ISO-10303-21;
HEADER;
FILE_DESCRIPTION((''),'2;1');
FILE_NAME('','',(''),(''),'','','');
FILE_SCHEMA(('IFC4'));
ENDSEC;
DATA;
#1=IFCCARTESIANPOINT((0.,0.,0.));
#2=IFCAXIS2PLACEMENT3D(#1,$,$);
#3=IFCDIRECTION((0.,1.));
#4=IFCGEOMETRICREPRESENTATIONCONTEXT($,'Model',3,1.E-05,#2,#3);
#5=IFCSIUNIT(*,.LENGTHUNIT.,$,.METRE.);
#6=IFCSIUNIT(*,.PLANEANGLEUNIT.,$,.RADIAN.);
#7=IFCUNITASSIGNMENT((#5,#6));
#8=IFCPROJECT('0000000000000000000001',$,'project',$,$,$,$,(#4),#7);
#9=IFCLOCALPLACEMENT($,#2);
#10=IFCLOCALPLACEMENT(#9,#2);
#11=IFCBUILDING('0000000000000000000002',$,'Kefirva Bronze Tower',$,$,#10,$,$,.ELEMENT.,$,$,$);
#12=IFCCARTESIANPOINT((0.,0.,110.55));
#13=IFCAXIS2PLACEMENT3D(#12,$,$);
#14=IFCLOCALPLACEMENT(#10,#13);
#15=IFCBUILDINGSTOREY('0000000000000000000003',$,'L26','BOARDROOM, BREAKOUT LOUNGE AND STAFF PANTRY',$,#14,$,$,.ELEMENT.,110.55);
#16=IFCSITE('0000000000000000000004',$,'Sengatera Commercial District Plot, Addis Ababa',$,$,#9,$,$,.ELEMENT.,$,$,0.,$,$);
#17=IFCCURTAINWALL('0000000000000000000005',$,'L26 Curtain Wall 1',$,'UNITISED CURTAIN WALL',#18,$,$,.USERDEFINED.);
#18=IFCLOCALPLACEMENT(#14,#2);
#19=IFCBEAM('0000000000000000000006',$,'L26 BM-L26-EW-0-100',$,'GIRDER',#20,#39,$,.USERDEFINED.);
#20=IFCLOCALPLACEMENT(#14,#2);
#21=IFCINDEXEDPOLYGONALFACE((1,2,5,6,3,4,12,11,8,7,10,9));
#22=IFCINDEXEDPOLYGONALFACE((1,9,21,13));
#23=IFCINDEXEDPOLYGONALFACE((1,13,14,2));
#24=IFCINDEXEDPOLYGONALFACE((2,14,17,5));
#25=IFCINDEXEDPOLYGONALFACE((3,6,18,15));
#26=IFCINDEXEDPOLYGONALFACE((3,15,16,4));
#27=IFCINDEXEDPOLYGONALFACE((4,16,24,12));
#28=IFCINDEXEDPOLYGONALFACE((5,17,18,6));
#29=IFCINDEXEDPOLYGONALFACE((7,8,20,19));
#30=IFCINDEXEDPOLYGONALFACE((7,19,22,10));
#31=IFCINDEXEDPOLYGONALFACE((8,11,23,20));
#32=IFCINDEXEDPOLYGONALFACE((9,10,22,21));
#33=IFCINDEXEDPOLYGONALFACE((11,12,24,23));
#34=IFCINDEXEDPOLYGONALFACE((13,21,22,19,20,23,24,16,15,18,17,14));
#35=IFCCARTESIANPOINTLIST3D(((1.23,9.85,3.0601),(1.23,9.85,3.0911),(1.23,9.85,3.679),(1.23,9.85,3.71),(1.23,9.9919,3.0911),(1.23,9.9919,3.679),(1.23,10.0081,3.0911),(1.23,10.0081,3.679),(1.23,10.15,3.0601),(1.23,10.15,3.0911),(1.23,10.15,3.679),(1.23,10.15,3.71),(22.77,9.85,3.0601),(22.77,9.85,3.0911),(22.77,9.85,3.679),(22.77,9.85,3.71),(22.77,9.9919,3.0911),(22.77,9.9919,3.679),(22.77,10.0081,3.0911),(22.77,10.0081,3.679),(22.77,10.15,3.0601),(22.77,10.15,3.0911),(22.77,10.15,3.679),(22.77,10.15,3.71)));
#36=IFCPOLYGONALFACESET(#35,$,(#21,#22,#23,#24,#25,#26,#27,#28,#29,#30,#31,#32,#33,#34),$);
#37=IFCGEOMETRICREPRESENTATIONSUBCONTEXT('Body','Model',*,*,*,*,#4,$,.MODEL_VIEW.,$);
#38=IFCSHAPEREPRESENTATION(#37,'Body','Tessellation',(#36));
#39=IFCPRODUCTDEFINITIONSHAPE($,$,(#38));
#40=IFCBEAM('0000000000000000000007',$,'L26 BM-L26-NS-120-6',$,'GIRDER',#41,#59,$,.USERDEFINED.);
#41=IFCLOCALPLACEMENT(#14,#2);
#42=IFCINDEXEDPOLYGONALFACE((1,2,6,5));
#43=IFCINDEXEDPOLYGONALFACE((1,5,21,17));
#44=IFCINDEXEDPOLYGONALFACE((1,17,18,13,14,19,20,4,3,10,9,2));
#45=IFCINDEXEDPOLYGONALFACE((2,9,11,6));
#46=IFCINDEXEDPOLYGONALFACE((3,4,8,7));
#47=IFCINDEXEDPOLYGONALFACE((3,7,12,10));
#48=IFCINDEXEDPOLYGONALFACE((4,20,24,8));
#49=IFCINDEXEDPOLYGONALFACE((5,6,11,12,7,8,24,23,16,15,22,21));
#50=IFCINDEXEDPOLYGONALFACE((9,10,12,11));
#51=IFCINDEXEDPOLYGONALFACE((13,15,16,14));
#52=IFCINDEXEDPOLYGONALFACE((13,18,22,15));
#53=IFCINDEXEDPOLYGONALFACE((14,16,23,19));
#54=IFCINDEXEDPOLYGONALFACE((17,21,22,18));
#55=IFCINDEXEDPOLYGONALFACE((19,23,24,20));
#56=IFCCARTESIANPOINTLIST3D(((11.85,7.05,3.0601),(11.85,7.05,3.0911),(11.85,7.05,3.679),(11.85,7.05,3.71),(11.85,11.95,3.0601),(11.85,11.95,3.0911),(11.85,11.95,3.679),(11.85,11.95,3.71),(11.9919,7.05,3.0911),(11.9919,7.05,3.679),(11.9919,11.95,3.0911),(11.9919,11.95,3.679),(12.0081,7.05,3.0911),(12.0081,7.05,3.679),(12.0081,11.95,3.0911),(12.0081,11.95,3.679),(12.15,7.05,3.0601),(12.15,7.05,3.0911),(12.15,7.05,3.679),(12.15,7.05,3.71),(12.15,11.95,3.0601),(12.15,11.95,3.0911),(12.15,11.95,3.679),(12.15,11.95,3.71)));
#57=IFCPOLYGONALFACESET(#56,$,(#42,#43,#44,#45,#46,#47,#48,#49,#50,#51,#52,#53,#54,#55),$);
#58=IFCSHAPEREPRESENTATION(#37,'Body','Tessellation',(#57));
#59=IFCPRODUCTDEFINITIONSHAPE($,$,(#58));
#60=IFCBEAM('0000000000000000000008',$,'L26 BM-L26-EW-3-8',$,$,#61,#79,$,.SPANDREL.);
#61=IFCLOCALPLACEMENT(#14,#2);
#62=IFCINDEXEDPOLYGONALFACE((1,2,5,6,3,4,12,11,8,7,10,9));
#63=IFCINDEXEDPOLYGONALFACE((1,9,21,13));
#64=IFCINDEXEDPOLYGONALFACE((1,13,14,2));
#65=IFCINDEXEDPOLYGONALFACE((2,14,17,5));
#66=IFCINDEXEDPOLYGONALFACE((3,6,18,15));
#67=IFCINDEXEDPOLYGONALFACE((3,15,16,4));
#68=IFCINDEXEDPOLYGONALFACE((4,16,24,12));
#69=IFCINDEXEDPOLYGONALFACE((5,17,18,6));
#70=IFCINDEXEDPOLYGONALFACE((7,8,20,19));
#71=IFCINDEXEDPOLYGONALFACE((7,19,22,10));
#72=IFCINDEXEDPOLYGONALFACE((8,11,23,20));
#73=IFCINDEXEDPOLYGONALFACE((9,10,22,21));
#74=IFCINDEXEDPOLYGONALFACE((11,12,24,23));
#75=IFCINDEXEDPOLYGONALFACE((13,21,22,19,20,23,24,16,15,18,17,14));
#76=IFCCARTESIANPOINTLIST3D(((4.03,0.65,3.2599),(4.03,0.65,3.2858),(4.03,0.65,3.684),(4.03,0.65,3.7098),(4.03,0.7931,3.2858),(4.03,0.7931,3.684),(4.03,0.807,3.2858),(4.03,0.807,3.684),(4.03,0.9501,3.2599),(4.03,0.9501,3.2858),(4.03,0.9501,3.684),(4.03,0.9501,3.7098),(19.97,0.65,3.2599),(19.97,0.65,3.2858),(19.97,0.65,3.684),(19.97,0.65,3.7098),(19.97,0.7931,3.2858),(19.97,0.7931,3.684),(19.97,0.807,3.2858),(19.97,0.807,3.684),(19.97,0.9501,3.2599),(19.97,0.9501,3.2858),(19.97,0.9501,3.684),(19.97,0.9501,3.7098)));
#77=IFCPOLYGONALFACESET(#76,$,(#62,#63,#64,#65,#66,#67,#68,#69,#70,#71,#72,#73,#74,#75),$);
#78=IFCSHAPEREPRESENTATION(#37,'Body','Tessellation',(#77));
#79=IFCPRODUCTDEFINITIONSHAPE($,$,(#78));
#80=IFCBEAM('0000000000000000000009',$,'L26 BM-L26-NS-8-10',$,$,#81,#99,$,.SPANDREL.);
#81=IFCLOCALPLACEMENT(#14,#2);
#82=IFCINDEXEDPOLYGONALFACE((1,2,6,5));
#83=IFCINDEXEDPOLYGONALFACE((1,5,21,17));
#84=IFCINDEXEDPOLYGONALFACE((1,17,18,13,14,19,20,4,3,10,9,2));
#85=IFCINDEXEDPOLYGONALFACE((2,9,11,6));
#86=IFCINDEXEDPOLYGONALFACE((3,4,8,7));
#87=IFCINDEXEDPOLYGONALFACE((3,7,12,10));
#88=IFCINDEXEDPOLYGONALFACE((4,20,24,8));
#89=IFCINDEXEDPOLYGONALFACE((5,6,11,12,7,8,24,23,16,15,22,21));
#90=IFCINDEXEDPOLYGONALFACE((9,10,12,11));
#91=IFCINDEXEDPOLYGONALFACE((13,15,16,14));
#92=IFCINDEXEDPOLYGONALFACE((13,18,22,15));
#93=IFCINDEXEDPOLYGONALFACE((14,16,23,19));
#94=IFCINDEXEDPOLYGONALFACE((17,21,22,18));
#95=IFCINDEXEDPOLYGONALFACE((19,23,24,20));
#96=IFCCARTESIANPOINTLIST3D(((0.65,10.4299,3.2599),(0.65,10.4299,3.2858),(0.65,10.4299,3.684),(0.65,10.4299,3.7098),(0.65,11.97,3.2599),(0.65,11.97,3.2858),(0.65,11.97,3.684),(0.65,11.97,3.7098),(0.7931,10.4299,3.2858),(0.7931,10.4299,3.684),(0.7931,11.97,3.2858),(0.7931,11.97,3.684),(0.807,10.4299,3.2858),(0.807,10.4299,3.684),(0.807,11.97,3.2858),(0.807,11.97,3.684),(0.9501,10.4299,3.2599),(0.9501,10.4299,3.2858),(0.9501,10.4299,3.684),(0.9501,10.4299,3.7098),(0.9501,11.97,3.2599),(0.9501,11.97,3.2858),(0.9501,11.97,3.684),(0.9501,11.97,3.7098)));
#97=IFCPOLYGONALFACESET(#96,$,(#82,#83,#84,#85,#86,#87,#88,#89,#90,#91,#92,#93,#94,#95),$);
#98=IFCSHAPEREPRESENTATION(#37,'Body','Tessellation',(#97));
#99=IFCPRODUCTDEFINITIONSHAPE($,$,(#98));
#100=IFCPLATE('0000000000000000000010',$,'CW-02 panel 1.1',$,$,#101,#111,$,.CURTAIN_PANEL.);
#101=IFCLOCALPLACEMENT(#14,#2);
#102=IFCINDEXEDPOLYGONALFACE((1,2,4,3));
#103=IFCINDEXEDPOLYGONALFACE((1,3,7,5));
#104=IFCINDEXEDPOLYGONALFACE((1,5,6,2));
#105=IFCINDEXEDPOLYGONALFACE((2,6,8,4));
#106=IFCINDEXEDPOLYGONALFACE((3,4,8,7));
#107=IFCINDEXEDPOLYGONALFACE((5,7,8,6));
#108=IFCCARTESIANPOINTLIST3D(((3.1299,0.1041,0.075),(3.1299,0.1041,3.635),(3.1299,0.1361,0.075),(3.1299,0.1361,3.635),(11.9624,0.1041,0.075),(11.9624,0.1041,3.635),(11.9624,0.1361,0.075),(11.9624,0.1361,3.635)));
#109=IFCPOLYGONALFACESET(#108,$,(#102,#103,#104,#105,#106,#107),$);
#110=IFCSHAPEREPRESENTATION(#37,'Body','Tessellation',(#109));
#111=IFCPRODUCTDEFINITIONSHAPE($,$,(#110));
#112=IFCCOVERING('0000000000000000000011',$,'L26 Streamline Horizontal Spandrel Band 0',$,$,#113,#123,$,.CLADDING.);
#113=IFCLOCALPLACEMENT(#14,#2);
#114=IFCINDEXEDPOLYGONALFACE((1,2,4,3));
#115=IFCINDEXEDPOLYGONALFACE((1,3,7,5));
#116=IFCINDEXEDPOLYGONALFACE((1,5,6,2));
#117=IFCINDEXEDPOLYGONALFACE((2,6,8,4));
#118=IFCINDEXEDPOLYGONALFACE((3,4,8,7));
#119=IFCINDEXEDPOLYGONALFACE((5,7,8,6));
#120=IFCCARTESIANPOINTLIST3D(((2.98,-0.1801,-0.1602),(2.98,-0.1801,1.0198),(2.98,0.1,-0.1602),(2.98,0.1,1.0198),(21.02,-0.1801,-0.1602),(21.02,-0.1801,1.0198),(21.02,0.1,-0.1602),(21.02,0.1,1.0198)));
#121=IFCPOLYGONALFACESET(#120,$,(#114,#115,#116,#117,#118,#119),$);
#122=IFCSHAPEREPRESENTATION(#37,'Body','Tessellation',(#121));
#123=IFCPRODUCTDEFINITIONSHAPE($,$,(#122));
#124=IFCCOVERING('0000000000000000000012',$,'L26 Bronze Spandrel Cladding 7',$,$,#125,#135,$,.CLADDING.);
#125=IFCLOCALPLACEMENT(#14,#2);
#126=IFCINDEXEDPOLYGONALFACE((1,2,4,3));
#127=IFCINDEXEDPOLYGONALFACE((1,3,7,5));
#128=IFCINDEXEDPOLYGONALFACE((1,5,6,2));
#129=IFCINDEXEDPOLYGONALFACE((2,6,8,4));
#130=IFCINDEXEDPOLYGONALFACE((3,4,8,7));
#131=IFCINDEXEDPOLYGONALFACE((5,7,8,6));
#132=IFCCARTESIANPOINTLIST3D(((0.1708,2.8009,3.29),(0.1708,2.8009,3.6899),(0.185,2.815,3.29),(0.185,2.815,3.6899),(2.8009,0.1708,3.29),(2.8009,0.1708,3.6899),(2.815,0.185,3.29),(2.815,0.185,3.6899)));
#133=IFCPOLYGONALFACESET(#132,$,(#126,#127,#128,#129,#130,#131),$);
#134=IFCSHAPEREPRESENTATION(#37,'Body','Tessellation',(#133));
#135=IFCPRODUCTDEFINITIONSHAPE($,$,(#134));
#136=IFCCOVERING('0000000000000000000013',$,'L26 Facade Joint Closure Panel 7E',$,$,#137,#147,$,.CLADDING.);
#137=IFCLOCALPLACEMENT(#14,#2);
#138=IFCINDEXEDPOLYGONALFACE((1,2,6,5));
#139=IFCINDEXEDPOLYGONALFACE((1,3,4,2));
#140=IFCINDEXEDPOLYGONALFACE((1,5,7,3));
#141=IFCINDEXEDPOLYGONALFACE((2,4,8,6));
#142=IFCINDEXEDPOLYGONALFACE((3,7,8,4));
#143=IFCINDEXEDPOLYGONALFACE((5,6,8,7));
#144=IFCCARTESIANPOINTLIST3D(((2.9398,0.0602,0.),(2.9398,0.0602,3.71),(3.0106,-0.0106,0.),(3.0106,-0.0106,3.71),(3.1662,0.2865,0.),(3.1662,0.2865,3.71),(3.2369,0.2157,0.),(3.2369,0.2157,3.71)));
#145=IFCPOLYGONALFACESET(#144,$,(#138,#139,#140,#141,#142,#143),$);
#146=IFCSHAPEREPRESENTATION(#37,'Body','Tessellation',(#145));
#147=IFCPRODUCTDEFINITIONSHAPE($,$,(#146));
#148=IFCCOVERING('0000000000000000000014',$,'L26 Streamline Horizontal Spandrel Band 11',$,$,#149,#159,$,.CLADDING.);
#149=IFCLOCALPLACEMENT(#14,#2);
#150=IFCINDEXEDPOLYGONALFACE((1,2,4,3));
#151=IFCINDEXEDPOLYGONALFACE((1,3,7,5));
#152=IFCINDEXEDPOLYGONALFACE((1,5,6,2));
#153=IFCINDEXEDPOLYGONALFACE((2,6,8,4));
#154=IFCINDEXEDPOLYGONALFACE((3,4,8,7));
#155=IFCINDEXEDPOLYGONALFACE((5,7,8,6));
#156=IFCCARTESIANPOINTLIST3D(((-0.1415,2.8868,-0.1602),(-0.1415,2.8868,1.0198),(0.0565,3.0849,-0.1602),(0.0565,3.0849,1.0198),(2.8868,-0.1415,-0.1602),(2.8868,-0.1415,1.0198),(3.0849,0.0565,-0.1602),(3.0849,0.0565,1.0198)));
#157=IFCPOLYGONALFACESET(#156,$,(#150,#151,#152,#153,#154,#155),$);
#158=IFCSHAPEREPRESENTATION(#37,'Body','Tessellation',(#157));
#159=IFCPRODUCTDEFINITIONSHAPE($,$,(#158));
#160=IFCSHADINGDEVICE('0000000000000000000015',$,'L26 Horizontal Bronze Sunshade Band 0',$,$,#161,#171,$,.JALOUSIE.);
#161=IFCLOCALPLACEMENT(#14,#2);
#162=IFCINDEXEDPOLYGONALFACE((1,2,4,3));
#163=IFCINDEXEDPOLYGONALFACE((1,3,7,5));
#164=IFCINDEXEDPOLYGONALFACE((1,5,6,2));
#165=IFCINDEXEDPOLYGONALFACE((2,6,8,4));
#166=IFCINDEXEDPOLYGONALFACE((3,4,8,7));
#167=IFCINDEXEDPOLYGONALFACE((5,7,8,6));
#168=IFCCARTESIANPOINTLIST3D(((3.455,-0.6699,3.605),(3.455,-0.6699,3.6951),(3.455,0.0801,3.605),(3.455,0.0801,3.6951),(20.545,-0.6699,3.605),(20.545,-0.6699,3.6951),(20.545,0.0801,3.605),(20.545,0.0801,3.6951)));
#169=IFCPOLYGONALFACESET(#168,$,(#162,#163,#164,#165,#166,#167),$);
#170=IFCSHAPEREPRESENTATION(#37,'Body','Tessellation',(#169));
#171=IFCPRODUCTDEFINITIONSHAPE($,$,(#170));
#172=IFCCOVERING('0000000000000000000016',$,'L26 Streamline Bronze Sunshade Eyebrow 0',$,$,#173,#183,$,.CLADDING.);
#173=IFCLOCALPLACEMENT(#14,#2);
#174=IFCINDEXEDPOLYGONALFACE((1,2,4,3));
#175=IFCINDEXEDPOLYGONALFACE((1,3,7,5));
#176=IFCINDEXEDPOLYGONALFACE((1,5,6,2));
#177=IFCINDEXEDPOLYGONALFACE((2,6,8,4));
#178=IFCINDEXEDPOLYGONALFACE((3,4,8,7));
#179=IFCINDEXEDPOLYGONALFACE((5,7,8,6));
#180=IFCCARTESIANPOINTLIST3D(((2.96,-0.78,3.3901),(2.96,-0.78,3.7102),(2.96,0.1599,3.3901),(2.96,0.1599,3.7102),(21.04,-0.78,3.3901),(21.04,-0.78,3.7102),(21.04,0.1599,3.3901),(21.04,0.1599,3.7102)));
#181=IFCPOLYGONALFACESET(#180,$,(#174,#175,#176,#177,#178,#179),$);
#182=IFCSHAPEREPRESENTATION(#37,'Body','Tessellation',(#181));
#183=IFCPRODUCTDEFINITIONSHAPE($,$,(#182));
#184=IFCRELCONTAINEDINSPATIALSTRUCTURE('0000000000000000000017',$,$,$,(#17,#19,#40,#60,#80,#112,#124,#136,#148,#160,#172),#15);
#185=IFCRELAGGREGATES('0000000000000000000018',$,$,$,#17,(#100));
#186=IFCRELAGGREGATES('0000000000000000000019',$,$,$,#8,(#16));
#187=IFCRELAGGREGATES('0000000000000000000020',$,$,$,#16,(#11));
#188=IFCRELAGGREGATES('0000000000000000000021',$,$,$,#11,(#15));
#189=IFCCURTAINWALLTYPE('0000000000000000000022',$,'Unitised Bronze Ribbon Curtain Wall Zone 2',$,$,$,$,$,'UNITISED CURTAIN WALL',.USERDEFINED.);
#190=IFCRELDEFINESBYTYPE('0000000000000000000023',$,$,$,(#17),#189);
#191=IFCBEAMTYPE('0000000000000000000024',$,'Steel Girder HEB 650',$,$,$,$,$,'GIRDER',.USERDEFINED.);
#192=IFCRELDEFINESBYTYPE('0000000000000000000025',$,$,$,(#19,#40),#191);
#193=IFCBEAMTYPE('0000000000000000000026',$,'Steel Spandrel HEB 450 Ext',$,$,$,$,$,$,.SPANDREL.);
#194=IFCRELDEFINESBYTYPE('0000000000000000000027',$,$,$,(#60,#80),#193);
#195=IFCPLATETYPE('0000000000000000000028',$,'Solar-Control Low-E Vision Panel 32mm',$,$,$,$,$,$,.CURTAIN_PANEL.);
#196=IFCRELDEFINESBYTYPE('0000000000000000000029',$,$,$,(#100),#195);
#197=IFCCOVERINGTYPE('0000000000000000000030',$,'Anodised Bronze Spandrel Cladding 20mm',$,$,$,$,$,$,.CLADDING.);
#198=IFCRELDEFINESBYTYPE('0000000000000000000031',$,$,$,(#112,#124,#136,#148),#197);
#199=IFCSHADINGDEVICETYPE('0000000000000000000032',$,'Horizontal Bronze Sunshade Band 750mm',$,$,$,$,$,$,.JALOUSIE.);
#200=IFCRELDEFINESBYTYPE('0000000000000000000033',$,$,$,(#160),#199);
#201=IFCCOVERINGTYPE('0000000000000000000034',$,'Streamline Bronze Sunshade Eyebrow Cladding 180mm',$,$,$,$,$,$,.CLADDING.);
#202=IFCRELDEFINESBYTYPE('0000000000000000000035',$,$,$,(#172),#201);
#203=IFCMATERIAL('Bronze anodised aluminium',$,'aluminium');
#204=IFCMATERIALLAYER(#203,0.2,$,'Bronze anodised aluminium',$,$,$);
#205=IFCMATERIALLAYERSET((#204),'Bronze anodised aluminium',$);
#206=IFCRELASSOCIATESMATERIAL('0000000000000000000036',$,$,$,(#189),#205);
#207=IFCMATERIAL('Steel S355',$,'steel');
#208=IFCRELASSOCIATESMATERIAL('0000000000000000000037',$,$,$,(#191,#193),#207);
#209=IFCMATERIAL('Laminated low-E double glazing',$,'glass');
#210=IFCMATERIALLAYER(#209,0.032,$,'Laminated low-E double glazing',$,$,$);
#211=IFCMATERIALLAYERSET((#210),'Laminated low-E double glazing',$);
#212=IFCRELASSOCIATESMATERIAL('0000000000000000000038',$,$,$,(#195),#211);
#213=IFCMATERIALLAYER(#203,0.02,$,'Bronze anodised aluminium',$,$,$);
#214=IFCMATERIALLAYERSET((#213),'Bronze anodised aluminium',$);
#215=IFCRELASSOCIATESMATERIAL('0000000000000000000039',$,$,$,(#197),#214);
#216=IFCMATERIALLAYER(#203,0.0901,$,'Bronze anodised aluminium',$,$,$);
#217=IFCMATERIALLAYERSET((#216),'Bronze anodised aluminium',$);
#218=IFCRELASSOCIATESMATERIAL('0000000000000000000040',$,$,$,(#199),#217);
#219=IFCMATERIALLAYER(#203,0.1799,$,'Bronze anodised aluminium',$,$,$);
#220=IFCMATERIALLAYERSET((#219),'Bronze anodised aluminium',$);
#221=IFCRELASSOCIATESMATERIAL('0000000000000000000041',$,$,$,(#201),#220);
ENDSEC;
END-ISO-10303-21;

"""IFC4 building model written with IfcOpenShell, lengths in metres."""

from ifc_helpers import new_model, si_unit, direction, frame, origin, origin_2d, place, context, subcontext, project, spatial, rectangle, i_section, extrude, material, layer, layer_set, material_profile, profile_set, type_object, element, aggregate, save


model = new_model("IFC4")

# Units and contexts
model_context = context("Model", 3, precision=1e-05, world=origin(), true_north=direction((0.0, 1.0)))
body_context = subcontext(model_context, "Body", "Model", "MODEL_VIEW")
ifc_project = project(units=[si_unit("LENGTHUNIT", "METRE"), si_unit("PLANEANGLEUNIT", "RADIAN")], contexts=[model_context])

# Site, building, storey
site_placement = place(None, origin())
site = spatial("IfcSite", under=ifc_project, at=site_placement, Name="Sengatera Commercial District Plot, Addis Ababa", CompositionType="ELEMENT", RefElevation=0.0)
building_placement = place(site_placement, origin())
building = spatial("IfcBuilding", under=site, at=building_placement, Name="Kefirva Bronze Tower", CompositionType="ELEMENT")
storey_placement = place(building_placement, frame((0.0, 0.0, 110.55)))
storey = spatial("IfcBuildingStorey", under=building, at=storey_placement, Name="L26", Description="BOARDROOM, BREAKOUT LOUNGE AND STAFF PANTRY", CompositionType="ELEMENT", Elevation=110.55)

# Curtain wall
ifc_material_1 = material(Name="Bronze anodised aluminium", Category="aluminium")
ifc_layer_1 = layer(ifc_material_1, 0.2, Name="Bronze anodised aluminium")
ifc_layer_set_1 = layer_set([ifc_layer_1], Name="Bronze anodised aluminium")
curtain_wall_type = type_object("IfcCurtainWallType", Name="Unitised Bronze Ribbon Curtain Wall Zone 2", ElementType="UNITISED CURTAIN WALL", PredefinedType="USERDEFINED", material=ifc_layer_set_1)
curtain_wall_placement = place(storey_placement, origin())
curtain_wall = element("IfcCurtainWall", 1, at=curtain_wall_placement, inside=storey, type_object=curtain_wall_type, Name="L26 Curtain Wall 1", ObjectType="UNITISED CURTAIN WALL", PredefinedType="USERDEFINED")

# Beams
ifc_material_2 = material(Name="Steel S355", Category="steel")
ifc_material_profile_1 = material_profile(ifc_material_2, i_section(OverallWidth=0.3, OverallDepth=0.6499, WebThickness=0.0161, FlangeThickness=0.031, at=origin_2d()), Name="HEB 650")
ifc_profile_set_1 = profile_set([ifc_material_profile_1], Name="Steel S355")
beam_type_1 = type_object("IfcBeamType", Name="Steel Girder HEB 650", ElementType="GIRDER", PredefinedType="USERDEFINED", material=ifc_profile_set_1)
beam_1_placement = place(storey_placement, frame((1.23, 10.0, 3.385), z_axis=(1.0, 0.0, 0.0), x_axis=(0.0, 1.0, 0.0)))
element("IfcBeam", 2, at=beam_1_placement, inside=storey, type_object=beam_type_1, Name="L26 BM-L26-EW-0-100", ObjectType="GIRDER", PredefinedType="USERDEFINED", context=body_context, shape_type="SweptSolid", body=[
    extrude(i_section(OverallWidth=0.3, OverallDepth=0.6499, WebThickness=0.0161, FlangeThickness=0.031, at=origin_2d()), origin(), (0.0, 0.0, 1.0), 21.54),
])
beam_2_placement = place(storey_placement, frame((12.0, 7.05, 3.385), z_axis=(0.0, 1.0, 0.0), x_axis=(-1.0, 0.0, 0.0)))
element("IfcBeam", 3, at=beam_2_placement, inside=storey, type_object=beam_type_1, Name="L26 BM-L26-NS-120-6", ObjectType="GIRDER", PredefinedType="USERDEFINED", context=body_context, shape_type="SweptSolid", body=[
    extrude(i_section(OverallWidth=0.3, OverallDepth=0.6499, WebThickness=0.0161, FlangeThickness=0.031, at=origin_2d()), origin(), (0.0, 0.0, 1.0), 4.8999),
])
ifc_material_profile_2 = material_profile(ifc_material_2, i_section(OverallWidth=0.3, OverallDepth=0.45, WebThickness=0.0139, FlangeThickness=0.0259, at=origin_2d()), Name="HEB 450")
ifc_profile_set_2 = profile_set([ifc_material_profile_2], Name="Steel S355")
beam_type_2 = type_object("IfcBeamType", Name="Steel Spandrel HEB 450 Ext", PredefinedType="SPANDREL", material=ifc_profile_set_2)
beam_3_placement = place(storey_placement, frame((4.03, 0.8, 3.4849), z_axis=(1.0, 0.0, 0.0), x_axis=(0.0, 1.0, 0.0)))
element("IfcBeam", 4, at=beam_3_placement, inside=storey, type_object=beam_type_2, Name="L26 BM-L26-EW-3-8", PredefinedType="SPANDREL", context=body_context, shape_type="SweptSolid", body=[
    extrude(i_section(OverallWidth=0.3, OverallDepth=0.45, WebThickness=0.0139, FlangeThickness=0.0259, at=origin_2d()), origin(), (0.0, 0.0, 1.0), 15.9399),
])
beam_4_placement = place(storey_placement, frame((0.8, 10.4299, 3.4849), z_axis=(0.0, 1.0, 0.0), x_axis=(-1.0, 0.0, 0.0)))
element("IfcBeam", 5, at=beam_4_placement, inside=storey, type_object=beam_type_2, Name="L26 BM-L26-NS-8-10", PredefinedType="SPANDREL", context=body_context, shape_type="SweptSolid", body=[
    extrude(i_section(OverallWidth=0.3, OverallDepth=0.45, WebThickness=0.0139, FlangeThickness=0.0259, at=origin_2d()), origin(), (0.0, 0.0, 1.0), 1.54),
])

# Plate
ifc_material_3 = material(Name="Laminated low-E double glazing", Category="glass")
ifc_layer_2 = layer(ifc_material_3, 0.032, Name="Laminated low-E double glazing")
ifc_layer_set_2 = layer_set([ifc_layer_2], Name="Laminated low-E double glazing")
plate_type = type_object("IfcPlateType", Name="Solar-Control Low-E Vision Panel 32mm", PredefinedType="CURTAIN_PANEL", material=ifc_layer_set_2)
plate_placement = place(storey_placement, frame((7.5461, 0.1201, 0.075), z_axis=(0.0, 0.0, 1.0), x_axis=(1.0, 0.0, 0.0)))
plate = element("IfcPlate", 6, at=plate_placement, type_object=plate_type, Name="CW-02 panel 1.1", PredefinedType="CURTAIN_PANEL", context=body_context, shape_type="SweptSolid", body=[
    extrude(rectangle(XDim=8.8325, YDim=0.032, at=origin_2d()), origin(), (0.0, 0.0, 1.0), 3.5601),
])
aggregate(curtain_wall, [plate])

# Coverings
ifc_layer_3 = layer(ifc_material_1, 0.02, Name="Bronze anodised aluminium")
ifc_layer_set_3 = layer_set([ifc_layer_3], Name="Bronze anodised aluminium")
covering_type_1 = type_object("IfcCoveringType", Name="Anodised Bronze Spandrel Cladding 20mm", PredefinedType="CLADDING", material=ifc_layer_set_3)
covering_1_placement = place(storey_placement, frame((12.0, -0.04, -0.1602), z_axis=(0.0, 0.0, 1.0), x_axis=(1.0, 0.0, 0.0)))
element("IfcCovering", 7, at=covering_1_placement, inside=storey, type_object=covering_type_1, Name="L26 Streamline Horizontal Spandrel Band 0", PredefinedType="CLADDING", context=body_context, shape_type="SweptSolid", body=[
    extrude(rectangle(XDim=18.04, YDim=0.28, at=origin_2d()), origin(), (0.0, 0.0, 1.0), 1.1799),
])
covering_2_placement = place(storey_placement, frame((1.4929, 1.4929, 3.29), z_axis=(0.0, 0.0, 1.0), x_axis=(0.707107, -0.707107, 0.0)))
element("IfcCovering", 8, at=covering_2_placement, inside=storey, type_object=covering_type_1, Name="L26 Bronze Spandrel Cladding 7", PredefinedType="CLADDING", context=body_context, shape_type="SweptSolid", body=[
    extrude(rectangle(XDim=3.7195, YDim=0.02, at=origin_2d()), origin(), (0.0, 0.0, 1.0), 0.3999),
])
covering_3_placement = place(storey_placement, frame((3.0884, 0.1379, 0.0), z_axis=(0.0, 0.0, 1.0), x_axis=(0.707107, -0.707107, 0.0)))
element("IfcCovering", 9, at=covering_3_placement, inside=storey, type_object=covering_type_1, Name="L26 Facade Joint Closure Panel 7E", PredefinedType="CLADDING", context=body_context, shape_type="SweptSolid", body=[
    extrude(rectangle(XDim=0.1001, YDim=0.3201, at=origin_2d()), origin(), (0.0, 0.0, 1.0), 3.71),
])
covering_4_placement = place(storey_placement, frame((1.4717, 1.4717, -0.1602), z_axis=(0.0, 0.0, 1.0), x_axis=(0.707107, -0.707107, 0.0)))
element("IfcCovering", 10, at=covering_4_placement, inside=storey, type_object=covering_type_1, Name="L26 Streamline Horizontal Spandrel Band 11", PredefinedType="CLADDING", context=body_context, shape_type="SweptSolid", body=[
    extrude(rectangle(XDim=4.2827, YDim=0.28, at=origin_2d()), origin(), (0.0, 0.0, 1.0), 1.1799),
])

# Shading device
ifc_layer_4 = layer(ifc_material_1, 0.0901, Name="Bronze anodised aluminium")
ifc_layer_set_4 = layer_set([ifc_layer_4], Name="Bronze anodised aluminium")
shading_device_type = type_object("IfcShadingDeviceType", Name="Horizontal Bronze Sunshade Band 750mm", PredefinedType="JALOUSIE", material=ifc_layer_set_4)
shading_device_placement = place(storey_placement, frame((12.0, -0.2949, 3.605), z_axis=(0.0, 0.0, 1.0), x_axis=(1.0, 0.0, 0.0)))
element("IfcShadingDevice", 11, at=shading_device_placement, inside=storey, type_object=shading_device_type, Name="L26 Horizontal Bronze Sunshade Band 0", PredefinedType="JALOUSIE", context=body_context, shape_type="SweptSolid", body=[
    extrude(rectangle(XDim=17.0901, YDim=0.75, at=origin_2d()), origin(), (0.0, 0.0, 1.0), 0.0901),
])

# Covering
ifc_layer_5 = layer(ifc_material_1, 0.1799, Name="Bronze anodised aluminium")
ifc_layer_set_5 = layer_set([ifc_layer_5], Name="Bronze anodised aluminium")
covering_type_2 = type_object("IfcCoveringType", Name="Streamline Bronze Sunshade Eyebrow Cladding 180mm", PredefinedType="CLADDING", material=ifc_layer_set_5)
covering_5_placement = place(storey_placement, frame((12.0, -0.3101, 3.3901), z_axis=(0.0, 0.0, 1.0), x_axis=(1.0, 0.0, 0.0)))
element("IfcCovering", 12, at=covering_5_placement, inside=storey, type_object=covering_type_2, Name="L26 Streamline Bronze Sunshade Eyebrow 0", PredefinedType="CLADDING", context=body_context, shape_type="SweptSolid", body=[
    extrude(rectangle(XDim=18.0801, YDim=0.9399, at=origin_2d()), origin(), (0.0, 0.0, 1.0), 0.3201),
])

save(model, "model.ifc")
